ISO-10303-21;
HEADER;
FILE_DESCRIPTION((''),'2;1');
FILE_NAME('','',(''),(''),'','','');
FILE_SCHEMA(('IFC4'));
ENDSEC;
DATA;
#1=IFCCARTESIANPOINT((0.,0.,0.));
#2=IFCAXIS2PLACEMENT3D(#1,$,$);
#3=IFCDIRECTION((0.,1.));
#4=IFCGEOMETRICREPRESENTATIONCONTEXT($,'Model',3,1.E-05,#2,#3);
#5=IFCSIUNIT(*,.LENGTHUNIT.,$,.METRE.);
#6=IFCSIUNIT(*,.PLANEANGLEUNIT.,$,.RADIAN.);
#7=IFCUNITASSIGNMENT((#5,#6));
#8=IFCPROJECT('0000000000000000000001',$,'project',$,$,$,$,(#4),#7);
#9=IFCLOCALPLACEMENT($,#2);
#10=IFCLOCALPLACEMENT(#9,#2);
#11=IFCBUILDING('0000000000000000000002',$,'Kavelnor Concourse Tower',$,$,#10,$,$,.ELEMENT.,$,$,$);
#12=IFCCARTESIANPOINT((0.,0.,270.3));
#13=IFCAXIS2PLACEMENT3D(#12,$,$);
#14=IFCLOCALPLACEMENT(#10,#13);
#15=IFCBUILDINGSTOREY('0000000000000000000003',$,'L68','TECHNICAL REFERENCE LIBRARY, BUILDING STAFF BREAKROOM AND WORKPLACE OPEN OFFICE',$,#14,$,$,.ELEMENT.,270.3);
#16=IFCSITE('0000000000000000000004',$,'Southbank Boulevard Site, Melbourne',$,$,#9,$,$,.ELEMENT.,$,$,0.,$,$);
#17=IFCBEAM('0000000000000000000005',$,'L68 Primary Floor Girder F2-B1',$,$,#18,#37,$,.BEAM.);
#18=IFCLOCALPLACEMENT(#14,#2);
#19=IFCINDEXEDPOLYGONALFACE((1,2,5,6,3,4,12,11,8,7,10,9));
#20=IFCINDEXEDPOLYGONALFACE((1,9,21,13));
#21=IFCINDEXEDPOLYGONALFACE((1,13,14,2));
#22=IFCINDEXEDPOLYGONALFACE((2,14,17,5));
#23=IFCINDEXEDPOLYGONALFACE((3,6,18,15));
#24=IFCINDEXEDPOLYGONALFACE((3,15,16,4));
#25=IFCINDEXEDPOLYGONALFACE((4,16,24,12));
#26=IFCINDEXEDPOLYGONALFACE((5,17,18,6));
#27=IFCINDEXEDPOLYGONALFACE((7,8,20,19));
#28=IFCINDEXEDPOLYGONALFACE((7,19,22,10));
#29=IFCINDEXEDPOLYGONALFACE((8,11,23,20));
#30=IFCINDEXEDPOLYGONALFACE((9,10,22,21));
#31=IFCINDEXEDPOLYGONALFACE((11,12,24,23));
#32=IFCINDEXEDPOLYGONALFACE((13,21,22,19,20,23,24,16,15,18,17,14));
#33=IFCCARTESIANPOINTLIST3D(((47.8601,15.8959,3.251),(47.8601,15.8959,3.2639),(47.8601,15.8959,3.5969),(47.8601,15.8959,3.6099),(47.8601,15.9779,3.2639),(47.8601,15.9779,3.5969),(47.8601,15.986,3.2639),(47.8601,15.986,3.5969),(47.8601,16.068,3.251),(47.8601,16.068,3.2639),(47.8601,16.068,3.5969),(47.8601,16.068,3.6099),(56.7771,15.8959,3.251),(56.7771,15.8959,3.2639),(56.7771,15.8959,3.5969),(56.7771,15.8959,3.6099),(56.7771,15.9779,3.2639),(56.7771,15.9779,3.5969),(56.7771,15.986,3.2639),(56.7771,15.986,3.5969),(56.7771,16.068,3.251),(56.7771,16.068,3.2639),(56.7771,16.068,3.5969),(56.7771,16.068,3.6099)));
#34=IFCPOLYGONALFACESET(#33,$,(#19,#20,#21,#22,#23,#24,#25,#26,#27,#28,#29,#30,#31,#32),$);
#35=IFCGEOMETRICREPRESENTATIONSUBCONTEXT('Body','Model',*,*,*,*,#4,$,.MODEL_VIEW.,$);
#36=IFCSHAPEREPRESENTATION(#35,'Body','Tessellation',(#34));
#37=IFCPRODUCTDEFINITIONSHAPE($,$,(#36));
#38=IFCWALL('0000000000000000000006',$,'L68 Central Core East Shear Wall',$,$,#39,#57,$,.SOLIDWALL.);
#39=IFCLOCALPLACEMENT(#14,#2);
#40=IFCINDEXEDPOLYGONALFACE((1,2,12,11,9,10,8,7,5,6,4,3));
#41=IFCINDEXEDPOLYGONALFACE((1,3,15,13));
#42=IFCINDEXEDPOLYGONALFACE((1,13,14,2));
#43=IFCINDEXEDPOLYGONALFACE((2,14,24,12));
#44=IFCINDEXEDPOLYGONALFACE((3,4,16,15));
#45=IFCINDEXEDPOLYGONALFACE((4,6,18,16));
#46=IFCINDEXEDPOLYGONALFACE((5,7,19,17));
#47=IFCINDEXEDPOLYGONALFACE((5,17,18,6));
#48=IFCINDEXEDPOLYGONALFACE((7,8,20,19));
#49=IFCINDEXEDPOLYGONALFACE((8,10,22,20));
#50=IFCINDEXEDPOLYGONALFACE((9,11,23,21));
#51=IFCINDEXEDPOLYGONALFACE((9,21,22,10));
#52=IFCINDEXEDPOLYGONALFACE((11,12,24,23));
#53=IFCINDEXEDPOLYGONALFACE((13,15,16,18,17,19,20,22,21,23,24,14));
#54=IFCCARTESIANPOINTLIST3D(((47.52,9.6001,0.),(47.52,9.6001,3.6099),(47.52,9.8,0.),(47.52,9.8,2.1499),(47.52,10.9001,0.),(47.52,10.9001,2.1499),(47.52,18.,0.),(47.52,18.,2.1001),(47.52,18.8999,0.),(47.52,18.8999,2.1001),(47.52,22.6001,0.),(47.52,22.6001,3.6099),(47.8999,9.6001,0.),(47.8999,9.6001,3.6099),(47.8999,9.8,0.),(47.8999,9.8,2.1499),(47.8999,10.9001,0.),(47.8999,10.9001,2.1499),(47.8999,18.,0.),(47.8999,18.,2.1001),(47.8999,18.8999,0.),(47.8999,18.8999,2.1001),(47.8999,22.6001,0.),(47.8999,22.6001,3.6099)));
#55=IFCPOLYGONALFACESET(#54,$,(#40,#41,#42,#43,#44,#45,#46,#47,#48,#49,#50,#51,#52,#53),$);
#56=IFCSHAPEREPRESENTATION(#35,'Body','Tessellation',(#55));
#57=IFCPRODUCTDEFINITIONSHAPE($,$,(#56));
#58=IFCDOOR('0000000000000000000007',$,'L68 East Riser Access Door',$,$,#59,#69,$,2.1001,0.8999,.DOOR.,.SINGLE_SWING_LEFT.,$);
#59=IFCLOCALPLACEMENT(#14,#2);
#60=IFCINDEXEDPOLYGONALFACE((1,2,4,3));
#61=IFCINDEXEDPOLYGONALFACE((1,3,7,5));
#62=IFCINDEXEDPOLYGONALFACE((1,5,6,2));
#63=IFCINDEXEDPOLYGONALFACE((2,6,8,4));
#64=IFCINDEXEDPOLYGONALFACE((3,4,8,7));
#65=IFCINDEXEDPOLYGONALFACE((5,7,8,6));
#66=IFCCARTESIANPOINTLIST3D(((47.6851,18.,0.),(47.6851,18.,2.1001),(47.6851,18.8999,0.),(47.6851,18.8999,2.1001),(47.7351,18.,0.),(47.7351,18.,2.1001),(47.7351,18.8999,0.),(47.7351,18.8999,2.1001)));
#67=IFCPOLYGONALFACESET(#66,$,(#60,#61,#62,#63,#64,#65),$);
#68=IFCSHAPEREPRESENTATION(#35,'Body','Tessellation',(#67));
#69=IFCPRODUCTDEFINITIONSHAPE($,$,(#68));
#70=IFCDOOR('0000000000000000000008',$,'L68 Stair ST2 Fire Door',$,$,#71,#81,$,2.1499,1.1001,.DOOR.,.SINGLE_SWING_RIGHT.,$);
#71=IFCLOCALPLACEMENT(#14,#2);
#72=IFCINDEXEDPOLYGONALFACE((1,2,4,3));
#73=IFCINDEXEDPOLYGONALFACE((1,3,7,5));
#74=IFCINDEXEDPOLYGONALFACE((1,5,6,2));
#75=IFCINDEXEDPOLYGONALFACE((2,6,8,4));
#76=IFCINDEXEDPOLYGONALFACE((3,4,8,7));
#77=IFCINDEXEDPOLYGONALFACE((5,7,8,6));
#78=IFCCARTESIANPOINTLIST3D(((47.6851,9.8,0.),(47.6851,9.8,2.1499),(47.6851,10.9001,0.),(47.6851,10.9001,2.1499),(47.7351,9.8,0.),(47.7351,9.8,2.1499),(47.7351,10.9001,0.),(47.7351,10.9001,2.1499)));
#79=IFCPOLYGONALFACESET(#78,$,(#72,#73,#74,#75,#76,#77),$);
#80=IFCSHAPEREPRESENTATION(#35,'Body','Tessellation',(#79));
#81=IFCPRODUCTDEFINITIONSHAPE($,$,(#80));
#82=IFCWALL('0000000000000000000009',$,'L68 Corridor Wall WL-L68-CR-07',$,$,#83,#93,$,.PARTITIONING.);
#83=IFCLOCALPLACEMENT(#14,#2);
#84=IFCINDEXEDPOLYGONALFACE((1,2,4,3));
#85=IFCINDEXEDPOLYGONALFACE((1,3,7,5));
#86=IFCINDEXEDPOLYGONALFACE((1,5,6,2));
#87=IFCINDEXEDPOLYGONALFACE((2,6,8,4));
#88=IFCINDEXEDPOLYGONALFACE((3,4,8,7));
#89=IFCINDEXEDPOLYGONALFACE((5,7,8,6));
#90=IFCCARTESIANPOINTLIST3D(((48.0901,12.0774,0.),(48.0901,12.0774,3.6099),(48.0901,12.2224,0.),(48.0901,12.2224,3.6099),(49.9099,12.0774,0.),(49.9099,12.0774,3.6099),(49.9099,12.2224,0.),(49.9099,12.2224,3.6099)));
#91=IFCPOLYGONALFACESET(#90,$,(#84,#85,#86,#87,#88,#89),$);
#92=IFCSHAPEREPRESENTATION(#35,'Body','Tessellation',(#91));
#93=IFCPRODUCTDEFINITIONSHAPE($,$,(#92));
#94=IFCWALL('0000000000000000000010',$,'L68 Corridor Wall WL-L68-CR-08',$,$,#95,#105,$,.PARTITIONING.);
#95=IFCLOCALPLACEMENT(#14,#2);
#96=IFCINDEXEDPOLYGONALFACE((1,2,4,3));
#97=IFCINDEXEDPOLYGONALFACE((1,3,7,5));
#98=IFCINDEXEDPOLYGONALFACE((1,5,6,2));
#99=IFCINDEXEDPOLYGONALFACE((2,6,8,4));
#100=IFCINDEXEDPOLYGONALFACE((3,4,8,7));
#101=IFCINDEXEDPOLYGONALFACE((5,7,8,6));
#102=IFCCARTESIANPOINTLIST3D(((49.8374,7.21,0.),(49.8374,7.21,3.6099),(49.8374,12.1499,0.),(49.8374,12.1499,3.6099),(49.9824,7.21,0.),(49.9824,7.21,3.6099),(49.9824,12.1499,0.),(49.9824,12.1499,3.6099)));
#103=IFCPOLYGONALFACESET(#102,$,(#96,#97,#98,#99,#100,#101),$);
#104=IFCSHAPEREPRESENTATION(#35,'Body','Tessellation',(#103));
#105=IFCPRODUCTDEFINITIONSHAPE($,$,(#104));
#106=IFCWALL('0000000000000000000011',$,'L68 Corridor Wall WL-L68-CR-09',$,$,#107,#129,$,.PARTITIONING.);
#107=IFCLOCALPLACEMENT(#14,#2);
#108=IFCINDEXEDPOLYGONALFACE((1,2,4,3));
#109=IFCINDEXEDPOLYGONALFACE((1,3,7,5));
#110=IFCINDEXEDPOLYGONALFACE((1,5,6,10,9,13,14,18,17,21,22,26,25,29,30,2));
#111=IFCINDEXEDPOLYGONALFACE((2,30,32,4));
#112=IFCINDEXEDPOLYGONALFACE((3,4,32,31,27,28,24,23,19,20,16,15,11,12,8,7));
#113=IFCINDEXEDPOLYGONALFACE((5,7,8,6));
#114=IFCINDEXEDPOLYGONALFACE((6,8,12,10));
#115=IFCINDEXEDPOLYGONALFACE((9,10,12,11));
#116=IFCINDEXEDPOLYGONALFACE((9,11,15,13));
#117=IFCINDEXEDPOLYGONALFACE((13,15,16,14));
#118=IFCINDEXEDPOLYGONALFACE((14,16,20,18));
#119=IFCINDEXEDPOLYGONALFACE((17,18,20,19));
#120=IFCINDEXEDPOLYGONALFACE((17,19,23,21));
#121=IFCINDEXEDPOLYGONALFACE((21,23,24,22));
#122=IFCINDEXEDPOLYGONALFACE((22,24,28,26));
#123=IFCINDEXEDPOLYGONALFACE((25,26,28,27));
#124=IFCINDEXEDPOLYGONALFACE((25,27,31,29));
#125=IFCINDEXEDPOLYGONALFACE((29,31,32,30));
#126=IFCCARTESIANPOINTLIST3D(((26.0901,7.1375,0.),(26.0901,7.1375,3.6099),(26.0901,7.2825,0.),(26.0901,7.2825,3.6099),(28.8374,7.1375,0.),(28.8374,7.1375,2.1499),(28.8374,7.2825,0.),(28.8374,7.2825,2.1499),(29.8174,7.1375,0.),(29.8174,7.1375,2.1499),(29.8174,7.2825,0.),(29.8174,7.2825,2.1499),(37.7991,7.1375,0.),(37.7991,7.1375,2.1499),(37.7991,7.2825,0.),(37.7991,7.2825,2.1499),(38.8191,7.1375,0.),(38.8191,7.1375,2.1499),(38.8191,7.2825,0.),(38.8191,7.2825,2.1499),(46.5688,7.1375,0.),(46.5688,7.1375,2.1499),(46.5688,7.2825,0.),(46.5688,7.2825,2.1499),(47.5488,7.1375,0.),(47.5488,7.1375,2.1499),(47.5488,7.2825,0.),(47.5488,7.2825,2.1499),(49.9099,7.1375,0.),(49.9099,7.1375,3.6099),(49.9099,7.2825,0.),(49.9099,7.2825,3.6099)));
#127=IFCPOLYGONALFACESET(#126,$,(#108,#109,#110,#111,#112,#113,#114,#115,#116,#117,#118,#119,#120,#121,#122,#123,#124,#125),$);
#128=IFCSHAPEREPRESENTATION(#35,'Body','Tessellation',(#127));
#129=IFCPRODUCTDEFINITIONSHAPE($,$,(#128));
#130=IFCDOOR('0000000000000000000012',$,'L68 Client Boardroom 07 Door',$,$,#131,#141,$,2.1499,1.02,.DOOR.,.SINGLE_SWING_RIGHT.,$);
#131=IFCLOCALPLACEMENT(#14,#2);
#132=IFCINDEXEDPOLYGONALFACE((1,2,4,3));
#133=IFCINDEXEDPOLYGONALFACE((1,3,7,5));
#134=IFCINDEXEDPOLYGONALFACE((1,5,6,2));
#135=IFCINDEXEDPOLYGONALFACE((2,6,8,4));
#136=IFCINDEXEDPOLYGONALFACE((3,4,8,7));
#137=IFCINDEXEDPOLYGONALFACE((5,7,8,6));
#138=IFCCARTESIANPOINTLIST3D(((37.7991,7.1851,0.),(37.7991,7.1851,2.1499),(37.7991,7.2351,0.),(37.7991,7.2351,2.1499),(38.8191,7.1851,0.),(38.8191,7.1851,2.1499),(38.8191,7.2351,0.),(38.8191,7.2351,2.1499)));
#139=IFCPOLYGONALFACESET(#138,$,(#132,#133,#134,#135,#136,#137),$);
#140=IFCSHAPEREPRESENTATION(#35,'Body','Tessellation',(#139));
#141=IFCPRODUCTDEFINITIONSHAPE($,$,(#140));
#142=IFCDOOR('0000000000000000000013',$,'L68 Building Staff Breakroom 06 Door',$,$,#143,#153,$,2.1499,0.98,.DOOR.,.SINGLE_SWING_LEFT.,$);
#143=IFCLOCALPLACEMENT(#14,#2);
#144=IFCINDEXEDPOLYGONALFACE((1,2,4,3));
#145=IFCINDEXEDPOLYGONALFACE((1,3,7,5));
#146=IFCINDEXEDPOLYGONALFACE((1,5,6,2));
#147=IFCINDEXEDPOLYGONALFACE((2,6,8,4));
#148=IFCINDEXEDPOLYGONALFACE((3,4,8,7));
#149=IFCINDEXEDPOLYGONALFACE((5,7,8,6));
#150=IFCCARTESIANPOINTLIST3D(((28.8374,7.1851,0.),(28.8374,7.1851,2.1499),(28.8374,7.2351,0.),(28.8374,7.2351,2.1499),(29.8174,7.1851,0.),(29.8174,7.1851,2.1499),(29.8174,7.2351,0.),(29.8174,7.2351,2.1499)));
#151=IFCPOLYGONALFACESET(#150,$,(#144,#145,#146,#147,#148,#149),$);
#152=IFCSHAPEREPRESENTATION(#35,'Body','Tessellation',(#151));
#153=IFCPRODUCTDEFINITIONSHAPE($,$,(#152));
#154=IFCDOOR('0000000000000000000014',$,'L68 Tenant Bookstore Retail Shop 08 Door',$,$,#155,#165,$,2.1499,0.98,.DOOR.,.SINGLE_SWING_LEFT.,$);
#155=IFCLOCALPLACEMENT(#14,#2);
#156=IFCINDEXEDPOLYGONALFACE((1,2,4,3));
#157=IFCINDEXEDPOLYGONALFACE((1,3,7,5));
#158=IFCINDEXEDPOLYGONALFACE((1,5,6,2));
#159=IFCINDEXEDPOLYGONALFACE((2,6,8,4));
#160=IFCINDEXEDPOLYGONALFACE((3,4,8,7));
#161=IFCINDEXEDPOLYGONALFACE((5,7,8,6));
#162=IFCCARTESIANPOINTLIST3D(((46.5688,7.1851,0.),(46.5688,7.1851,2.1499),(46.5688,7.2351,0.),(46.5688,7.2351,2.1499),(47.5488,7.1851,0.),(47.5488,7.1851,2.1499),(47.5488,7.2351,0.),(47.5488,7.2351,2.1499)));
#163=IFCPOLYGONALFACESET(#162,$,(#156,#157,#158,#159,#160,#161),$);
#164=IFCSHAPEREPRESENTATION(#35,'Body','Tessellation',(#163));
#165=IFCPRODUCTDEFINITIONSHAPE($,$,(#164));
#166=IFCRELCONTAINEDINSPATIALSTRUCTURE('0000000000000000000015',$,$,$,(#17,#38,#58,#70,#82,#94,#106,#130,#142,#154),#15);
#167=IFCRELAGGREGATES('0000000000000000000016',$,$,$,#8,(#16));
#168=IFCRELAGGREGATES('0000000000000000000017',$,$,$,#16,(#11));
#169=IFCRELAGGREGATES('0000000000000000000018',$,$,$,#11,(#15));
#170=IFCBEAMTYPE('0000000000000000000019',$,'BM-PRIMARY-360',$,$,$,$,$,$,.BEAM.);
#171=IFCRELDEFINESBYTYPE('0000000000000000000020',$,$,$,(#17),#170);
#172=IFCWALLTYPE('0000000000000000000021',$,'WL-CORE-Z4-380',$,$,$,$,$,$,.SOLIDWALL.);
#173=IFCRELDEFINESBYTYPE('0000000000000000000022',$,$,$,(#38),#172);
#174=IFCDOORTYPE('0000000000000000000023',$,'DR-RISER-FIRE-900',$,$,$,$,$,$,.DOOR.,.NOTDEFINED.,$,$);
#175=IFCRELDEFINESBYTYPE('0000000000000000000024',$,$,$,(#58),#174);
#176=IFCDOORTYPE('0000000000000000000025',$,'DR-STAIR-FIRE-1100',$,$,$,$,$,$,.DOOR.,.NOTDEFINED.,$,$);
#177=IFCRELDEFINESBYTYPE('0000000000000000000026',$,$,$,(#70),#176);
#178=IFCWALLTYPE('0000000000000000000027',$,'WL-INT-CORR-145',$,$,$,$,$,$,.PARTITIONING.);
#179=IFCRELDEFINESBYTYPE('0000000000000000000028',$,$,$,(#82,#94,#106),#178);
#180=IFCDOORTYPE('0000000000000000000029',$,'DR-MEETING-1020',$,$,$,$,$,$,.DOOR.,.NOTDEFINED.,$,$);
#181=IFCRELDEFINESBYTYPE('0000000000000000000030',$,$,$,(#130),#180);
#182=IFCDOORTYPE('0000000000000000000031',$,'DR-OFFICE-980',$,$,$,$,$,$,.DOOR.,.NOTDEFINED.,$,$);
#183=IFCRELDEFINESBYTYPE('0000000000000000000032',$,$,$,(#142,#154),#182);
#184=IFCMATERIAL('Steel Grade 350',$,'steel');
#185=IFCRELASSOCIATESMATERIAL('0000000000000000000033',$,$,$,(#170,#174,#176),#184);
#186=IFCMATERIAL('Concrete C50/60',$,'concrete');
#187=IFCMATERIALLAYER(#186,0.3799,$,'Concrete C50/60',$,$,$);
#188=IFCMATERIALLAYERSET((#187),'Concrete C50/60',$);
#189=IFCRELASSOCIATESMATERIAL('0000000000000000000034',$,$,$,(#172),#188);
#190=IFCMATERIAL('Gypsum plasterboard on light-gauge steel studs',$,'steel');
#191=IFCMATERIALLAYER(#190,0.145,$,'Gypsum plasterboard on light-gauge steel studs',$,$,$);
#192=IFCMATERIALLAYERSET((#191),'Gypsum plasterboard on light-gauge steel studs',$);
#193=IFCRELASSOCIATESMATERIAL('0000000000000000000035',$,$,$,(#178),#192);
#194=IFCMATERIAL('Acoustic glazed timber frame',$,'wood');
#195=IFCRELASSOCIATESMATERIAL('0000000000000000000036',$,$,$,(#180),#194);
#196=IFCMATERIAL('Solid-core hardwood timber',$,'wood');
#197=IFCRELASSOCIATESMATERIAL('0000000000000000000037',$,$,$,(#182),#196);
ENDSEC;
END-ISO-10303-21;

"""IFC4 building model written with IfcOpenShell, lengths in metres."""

from ifc_helpers import new_model, si_unit, direction, frame, frame_2d, origin, origin_2d, place, context, subcontext, project, spatial, rectangle, i_section, extrude, material, layer, layer_set, material_profile, profile_set, type_object, element, fill, save


model = new_model("IFC4")

# Units and contexts
model_context = context("Model", 3, precision=1e-05, world=origin(), true_north=direction((0.0, 1.0)))
body_context = subcontext(model_context, "Body", "Model", "MODEL_VIEW")
ifc_project = project(units=[si_unit("LENGTHUNIT", "METRE"), si_unit("PLANEANGLEUNIT", "RADIAN")], contexts=[model_context])

# Site, building, storey
site_placement = place(None, origin())
site = spatial("IfcSite", under=ifc_project, at=site_placement, Name="Southbank Boulevard Site, Melbourne", CompositionType="ELEMENT", RefElevation=0.0)
building_placement = place(site_placement, origin())
building = spatial("IfcBuilding", under=site, at=building_placement, Name="Kavelnor Concourse Tower", CompositionType="ELEMENT")
storey_placement = place(building_placement, frame((0.0, 0.0, 270.3)))
storey = spatial("IfcBuildingStorey", under=building, at=storey_placement, Name="L68", Description="TECHNICAL REFERENCE LIBRARY, BUILDING STAFF BREAKROOM AND WORKPLACE OPEN OFFICE", CompositionType="ELEMENT", Elevation=270.3)

# Shared definitions
ifc_material_1 = material(Name="Steel Grade 350", Category="steel")

# Beam
ifc_material_profile_1 = material_profile(ifc_material_1, i_section(OverallWidth=0.1721, OverallDepth=0.3589, WebThickness=0.0081, FlangeThickness=0.0129, at=origin_2d()), Name="360UB56")
ifc_profile_set_1 = profile_set([ifc_material_profile_1], Name="Steel Grade 350")
beam_type_1 = type_object("IfcBeamType", Name="BM-PRIMARY-360", PredefinedType="BEAM", material=ifc_profile_set_1)
beam_1_placement = place(storey_placement, frame((47.8601, 15.9819, 3.4304), z_axis=(1.0, 0.0, 0.0), x_axis=(0.0, 1.0, 0.0)))
element("IfcBeam", 1, at=beam_1_placement, inside=storey, type_object=beam_type_1, Name="L68 Primary Floor Girder F2-B1", PredefinedType="BEAM", context=body_context, shape_type="SweptSolid", body=[
    extrude(i_section(OverallWidth=0.1721, OverallDepth=0.3589, WebThickness=0.0081, FlangeThickness=0.0129, at=origin_2d()), origin(), (0.0, 0.0, 1.0), 8.917),
])

# Wall, openings, doors
ifc_material_2 = material(Name="Concrete C50/60", Category="concrete")
ifc_layer_1 = layer(ifc_material_2, 0.3799, Name="Concrete C50/60")
ifc_layer_set_1 = layer_set([ifc_layer_1], Name="Concrete C50/60")
wall_type_1 = type_object("IfcWallType", Name="WL-CORE-Z4-380", PredefinedType="SOLIDWALL", material=ifc_layer_set_1)
wall_1_placement = place(storey_placement, frame((47.71, 9.6001, 0.0), z_axis=(0.0, 0.0, 1.0), x_axis=(0.0, 1.0, 0.0)))
wall_1 = element("IfcWall", 2, at=wall_1_placement, inside=storey, type_object=wall_type_1, Name="L68 Central Core East Shear Wall", PredefinedType="SOLIDWALL", context=body_context, shape_type="SweptSolid", body=[
    extrude(rectangle(XDim=13.0, YDim=0.3799, at=frame_2d((6.5, 0.0))), origin(), (0.0, 0.0, 1.0), 3.6099),
])
opening_1_placement = place(wall_1_placement, frame((0.2, 0.0, 0.0)))
opening_1 = element("IfcOpeningElement", 3, at=opening_1_placement, cuts=wall_1, PredefinedType="OPENING", context=body_context, shape_type="SweptSolid", body=[
    extrude(rectangle(XDim=1.1001, YDim=2.1499, at=frame_2d((0.55, 1.075))), frame((0.0, 0.2, 0.0), z_axis=(0.0, -1.0, 0.0), x_axis=(1.0, 0.0, 0.0)), (0.0, 0.0, 1.0), 0.3999),
])
opening_2_placement = place(wall_1_placement, frame((8.3999, 0.0, 0.0)))
opening_2 = element("IfcOpeningElement", 4, at=opening_2_placement, cuts=wall_1, PredefinedType="OPENING", context=body_context, shape_type="SweptSolid", body=[
    extrude(rectangle(XDim=0.8999, YDim=2.1001, at=frame_2d((0.45, 1.05))), frame((0.0, 0.2, 0.0), z_axis=(0.0, -1.0, 0.0), x_axis=(1.0, 0.0, 0.0)), (0.0, 0.0, 1.0), 0.3999),
])
door_type_1 = type_object("IfcDoorType", Name="DR-RISER-FIRE-900", OperationType="NOTDEFINED", PredefinedType="DOOR", material=ifc_material_1)
door_1_placement = place(opening_2_placement, origin())
door_1 = element("IfcDoor", 5, at=door_1_placement, inside=storey, type_object=door_type_1, Name="L68 East Riser Access Door", OperationType="SINGLE_SWING_LEFT", OverallHeight=2.1001, OverallWidth=0.8999, PredefinedType="DOOR", context=body_context, shape_type="SweptSolid", body=[
    extrude(rectangle(XDim=0.8999, YDim=2.1001, at=frame_2d((0.45, 1.05))), frame((0.0, 0.0249, 0.0), z_axis=(0.0, -1.0, 0.0), x_axis=(1.0, 0.0, 0.0)), (0.0, 0.0, 1.0), 0.05),
])
fill(opening_2, door_1)
door_type_2 = type_object("IfcDoorType", Name="DR-STAIR-FIRE-1100", OperationType="NOTDEFINED", PredefinedType="DOOR", material=ifc_material_1)
door_2_placement = place(opening_1_placement, origin())
door_2 = element("IfcDoor", 6, at=door_2_placement, inside=storey, type_object=door_type_2, Name="L68 Stair ST2 Fire Door", OperationType="SINGLE_SWING_RIGHT", OverallHeight=2.1499, OverallWidth=1.1001, PredefinedType="DOOR", context=body_context, shape_type="SweptSolid", body=[
    extrude(rectangle(XDim=1.1001, YDim=2.1499, at=frame_2d((0.55, 1.075))), frame((0.0, 0.0249, 0.0), z_axis=(0.0, -1.0, 0.0), x_axis=(1.0, 0.0, 0.0)), (0.0, 0.0, 1.0), 0.05),
])
fill(opening_1, door_2)

# Walls
ifc_material_3 = material(Name="Gypsum plasterboard on light-gauge steel studs", Category="steel")
ifc_layer_2 = layer(ifc_material_3, 0.145, Name="Gypsum plasterboard on light-gauge steel studs")
ifc_layer_set_2 = layer_set([ifc_layer_2], Name="Gypsum plasterboard on light-gauge steel studs")
wall_type_2 = type_object("IfcWallType", Name="WL-INT-CORR-145", PredefinedType="PARTITIONING", material=ifc_layer_set_2)
wall_2_placement = place(storey_placement, frame((48.0901, 12.1499, 0.0), z_axis=(0.0, 0.0, 1.0), x_axis=(1.0, 0.0, 0.0)))
element("IfcWall", 7, at=wall_2_placement, inside=storey, type_object=wall_type_2, Name="L68 Corridor Wall WL-L68-CR-07", PredefinedType="PARTITIONING", context=body_context, shape_type="SweptSolid", body=[
    extrude(rectangle(XDim=1.8198, YDim=0.145, at=frame_2d((0.9099, 0.0))), origin(), (0.0, 0.0, 1.0), 3.6099),
])
wall_3_placement = place(storey_placement, frame((49.9099, 12.1499, 0.0), z_axis=(0.0, 0.0, 1.0), x_axis=(0.0, -1.0, 0.0)))
element("IfcWall", 8, at=wall_3_placement, inside=storey, type_object=wall_type_2, Name="L68 Corridor Wall WL-L68-CR-08", PredefinedType="PARTITIONING", context=body_context, shape_type="SweptSolid", body=[
    extrude(rectangle(XDim=4.9399, YDim=0.145, at=frame_2d((2.47, 0.0))), origin(), (0.0, 0.0, 1.0), 3.6099),
])

# Wall, openings, doors
wall_4_placement = place(storey_placement, frame((49.9099, 7.21, 0.0), z_axis=(0.0, 0.0, 1.0), x_axis=(-1.0, 0.0, 0.0)))
wall_4 = element("IfcWall", 9, at=wall_4_placement, inside=storey, type_object=wall_type_2, Name="L68 Corridor Wall WL-L68-CR-09", PredefinedType="PARTITIONING", context=body_context, shape_type="SweptSolid", body=[
    extrude(rectangle(XDim=23.8198, YDim=0.145, at=frame_2d((11.9099, 0.0))), origin(), (0.0, 0.0, 1.0), 3.6099),
])
opening_3_placement = place(wall_4_placement, frame((20.0925, 0.0, 0.0)))
opening_3 = element("IfcOpeningElement", 10, at=opening_3_placement, cuts=wall_4, PredefinedType="OPENING", context=body_context, shape_type="SweptSolid", body=[
    extrude(rectangle(XDim=0.98, YDim=2.1499, at=frame_2d((0.49, 1.075))), frame((0.0, 0.0825, 0.0), z_axis=(0.0, -1.0, 0.0), x_axis=(1.0, 0.0, 0.0)), (0.0, 0.0, 1.0), 0.165),
])
opening_4_placement = place(wall_4_placement, frame((11.0908, 0.0, 0.0)))
opening_4 = element("IfcOpeningElement", 11, at=opening_4_placement, cuts=wall_4, PredefinedType="OPENING", context=body_context, shape_type="SweptSolid", body=[
    extrude(rectangle(XDim=1.02, YDim=2.1499, at=frame_2d((0.51, 1.075))), frame((0.0, 0.0825, 0.0), z_axis=(0.0, -1.0, 0.0), x_axis=(1.0, 0.0, 0.0)), (0.0, 0.0, 1.0), 0.165),
])
opening_5_placement = place(wall_4_placement, frame((2.3611, 0.0, 0.0)))
opening_5 = element("IfcOpeningElement", 12, at=opening_5_placement, cuts=wall_4, PredefinedType="OPENING", context=body_context, shape_type="SweptSolid", body=[
    extrude(rectangle(XDim=0.98, YDim=2.1499, at=frame_2d((0.49, 1.075))), frame((0.0, 0.0825, 0.0), z_axis=(0.0, -1.0, 0.0), x_axis=(1.0, 0.0, 0.0)), (0.0, 0.0, 1.0), 0.165),
])
ifc_material_4 = material(Name="Acoustic glazed timber frame", Category="wood")
door_type_3 = type_object("IfcDoorType", Name="DR-MEETING-1020", OperationType="NOTDEFINED", PredefinedType="DOOR", material=ifc_material_4)
door_3_placement = place(opening_4_placement, origin())
door_3 = element("IfcDoor", 13, at=door_3_placement, inside=storey, type_object=door_type_3, Name="L68 Client Boardroom 07 Door", OperationType="SINGLE_SWING_RIGHT", OverallHeight=2.1499, OverallWidth=1.02, PredefinedType="DOOR", context=body_context, shape_type="SweptSolid", body=[
    extrude(rectangle(XDim=1.02, YDim=2.1499, at=frame_2d((0.51, 1.075))), frame((0.0, 0.0249, 0.0), z_axis=(0.0, -1.0, 0.0), x_axis=(1.0, 0.0, 0.0)), (0.0, 0.0, 1.0), 0.05),
])
fill(opening_4, door_3)
ifc_material_5 = material(Name="Solid-core hardwood timber", Category="wood")
door_type_4 = type_object("IfcDoorType", Name="DR-OFFICE-980", OperationType="NOTDEFINED", PredefinedType="DOOR", material=ifc_material_5)
door_4_placement = place(opening_3_placement, origin())
door_4 = element("IfcDoor", 14, at=door_4_placement, inside=storey, type_object=door_type_4, Name="L68 Building Staff Breakroom 06 Door", OperationType="SINGLE_SWING_LEFT", OverallHeight=2.1499, OverallWidth=0.98, PredefinedType="DOOR", context=body_context, shape_type="SweptSolid", body=[
    extrude(rectangle(XDim=0.98, YDim=2.1499, at=frame_2d((0.49, 1.075))), frame((0.0, 0.0249, 0.0), z_axis=(0.0, -1.0, 0.0), x_axis=(1.0, 0.0, 0.0)), (0.0, 0.0, 1.0), 0.05),
])
fill(opening_3, door_4)
door_5_placement = place(opening_5_placement, origin())
door_5 = element("IfcDoor", 15, at=door_5_placement, inside=storey, type_object=door_type_4, Name="L68 Tenant Bookstore Retail Shop 08 Door", OperationType="SINGLE_SWING_LEFT", OverallHeight=2.1499, OverallWidth=0.98, PredefinedType="DOOR", context=body_context, shape_type="SweptSolid", body=[
    extrude(rectangle(XDim=0.98, YDim=2.1499, at=frame_2d((0.49, 1.075))), frame((0.0, 0.0249, 0.0), z_axis=(0.0, -1.0, 0.0), x_axis=(1.0, 0.0, 0.0)), (0.0, 0.0, 1.0), 0.05),
])
fill(opening_5, door_5)

save(model, "model.ifc")
